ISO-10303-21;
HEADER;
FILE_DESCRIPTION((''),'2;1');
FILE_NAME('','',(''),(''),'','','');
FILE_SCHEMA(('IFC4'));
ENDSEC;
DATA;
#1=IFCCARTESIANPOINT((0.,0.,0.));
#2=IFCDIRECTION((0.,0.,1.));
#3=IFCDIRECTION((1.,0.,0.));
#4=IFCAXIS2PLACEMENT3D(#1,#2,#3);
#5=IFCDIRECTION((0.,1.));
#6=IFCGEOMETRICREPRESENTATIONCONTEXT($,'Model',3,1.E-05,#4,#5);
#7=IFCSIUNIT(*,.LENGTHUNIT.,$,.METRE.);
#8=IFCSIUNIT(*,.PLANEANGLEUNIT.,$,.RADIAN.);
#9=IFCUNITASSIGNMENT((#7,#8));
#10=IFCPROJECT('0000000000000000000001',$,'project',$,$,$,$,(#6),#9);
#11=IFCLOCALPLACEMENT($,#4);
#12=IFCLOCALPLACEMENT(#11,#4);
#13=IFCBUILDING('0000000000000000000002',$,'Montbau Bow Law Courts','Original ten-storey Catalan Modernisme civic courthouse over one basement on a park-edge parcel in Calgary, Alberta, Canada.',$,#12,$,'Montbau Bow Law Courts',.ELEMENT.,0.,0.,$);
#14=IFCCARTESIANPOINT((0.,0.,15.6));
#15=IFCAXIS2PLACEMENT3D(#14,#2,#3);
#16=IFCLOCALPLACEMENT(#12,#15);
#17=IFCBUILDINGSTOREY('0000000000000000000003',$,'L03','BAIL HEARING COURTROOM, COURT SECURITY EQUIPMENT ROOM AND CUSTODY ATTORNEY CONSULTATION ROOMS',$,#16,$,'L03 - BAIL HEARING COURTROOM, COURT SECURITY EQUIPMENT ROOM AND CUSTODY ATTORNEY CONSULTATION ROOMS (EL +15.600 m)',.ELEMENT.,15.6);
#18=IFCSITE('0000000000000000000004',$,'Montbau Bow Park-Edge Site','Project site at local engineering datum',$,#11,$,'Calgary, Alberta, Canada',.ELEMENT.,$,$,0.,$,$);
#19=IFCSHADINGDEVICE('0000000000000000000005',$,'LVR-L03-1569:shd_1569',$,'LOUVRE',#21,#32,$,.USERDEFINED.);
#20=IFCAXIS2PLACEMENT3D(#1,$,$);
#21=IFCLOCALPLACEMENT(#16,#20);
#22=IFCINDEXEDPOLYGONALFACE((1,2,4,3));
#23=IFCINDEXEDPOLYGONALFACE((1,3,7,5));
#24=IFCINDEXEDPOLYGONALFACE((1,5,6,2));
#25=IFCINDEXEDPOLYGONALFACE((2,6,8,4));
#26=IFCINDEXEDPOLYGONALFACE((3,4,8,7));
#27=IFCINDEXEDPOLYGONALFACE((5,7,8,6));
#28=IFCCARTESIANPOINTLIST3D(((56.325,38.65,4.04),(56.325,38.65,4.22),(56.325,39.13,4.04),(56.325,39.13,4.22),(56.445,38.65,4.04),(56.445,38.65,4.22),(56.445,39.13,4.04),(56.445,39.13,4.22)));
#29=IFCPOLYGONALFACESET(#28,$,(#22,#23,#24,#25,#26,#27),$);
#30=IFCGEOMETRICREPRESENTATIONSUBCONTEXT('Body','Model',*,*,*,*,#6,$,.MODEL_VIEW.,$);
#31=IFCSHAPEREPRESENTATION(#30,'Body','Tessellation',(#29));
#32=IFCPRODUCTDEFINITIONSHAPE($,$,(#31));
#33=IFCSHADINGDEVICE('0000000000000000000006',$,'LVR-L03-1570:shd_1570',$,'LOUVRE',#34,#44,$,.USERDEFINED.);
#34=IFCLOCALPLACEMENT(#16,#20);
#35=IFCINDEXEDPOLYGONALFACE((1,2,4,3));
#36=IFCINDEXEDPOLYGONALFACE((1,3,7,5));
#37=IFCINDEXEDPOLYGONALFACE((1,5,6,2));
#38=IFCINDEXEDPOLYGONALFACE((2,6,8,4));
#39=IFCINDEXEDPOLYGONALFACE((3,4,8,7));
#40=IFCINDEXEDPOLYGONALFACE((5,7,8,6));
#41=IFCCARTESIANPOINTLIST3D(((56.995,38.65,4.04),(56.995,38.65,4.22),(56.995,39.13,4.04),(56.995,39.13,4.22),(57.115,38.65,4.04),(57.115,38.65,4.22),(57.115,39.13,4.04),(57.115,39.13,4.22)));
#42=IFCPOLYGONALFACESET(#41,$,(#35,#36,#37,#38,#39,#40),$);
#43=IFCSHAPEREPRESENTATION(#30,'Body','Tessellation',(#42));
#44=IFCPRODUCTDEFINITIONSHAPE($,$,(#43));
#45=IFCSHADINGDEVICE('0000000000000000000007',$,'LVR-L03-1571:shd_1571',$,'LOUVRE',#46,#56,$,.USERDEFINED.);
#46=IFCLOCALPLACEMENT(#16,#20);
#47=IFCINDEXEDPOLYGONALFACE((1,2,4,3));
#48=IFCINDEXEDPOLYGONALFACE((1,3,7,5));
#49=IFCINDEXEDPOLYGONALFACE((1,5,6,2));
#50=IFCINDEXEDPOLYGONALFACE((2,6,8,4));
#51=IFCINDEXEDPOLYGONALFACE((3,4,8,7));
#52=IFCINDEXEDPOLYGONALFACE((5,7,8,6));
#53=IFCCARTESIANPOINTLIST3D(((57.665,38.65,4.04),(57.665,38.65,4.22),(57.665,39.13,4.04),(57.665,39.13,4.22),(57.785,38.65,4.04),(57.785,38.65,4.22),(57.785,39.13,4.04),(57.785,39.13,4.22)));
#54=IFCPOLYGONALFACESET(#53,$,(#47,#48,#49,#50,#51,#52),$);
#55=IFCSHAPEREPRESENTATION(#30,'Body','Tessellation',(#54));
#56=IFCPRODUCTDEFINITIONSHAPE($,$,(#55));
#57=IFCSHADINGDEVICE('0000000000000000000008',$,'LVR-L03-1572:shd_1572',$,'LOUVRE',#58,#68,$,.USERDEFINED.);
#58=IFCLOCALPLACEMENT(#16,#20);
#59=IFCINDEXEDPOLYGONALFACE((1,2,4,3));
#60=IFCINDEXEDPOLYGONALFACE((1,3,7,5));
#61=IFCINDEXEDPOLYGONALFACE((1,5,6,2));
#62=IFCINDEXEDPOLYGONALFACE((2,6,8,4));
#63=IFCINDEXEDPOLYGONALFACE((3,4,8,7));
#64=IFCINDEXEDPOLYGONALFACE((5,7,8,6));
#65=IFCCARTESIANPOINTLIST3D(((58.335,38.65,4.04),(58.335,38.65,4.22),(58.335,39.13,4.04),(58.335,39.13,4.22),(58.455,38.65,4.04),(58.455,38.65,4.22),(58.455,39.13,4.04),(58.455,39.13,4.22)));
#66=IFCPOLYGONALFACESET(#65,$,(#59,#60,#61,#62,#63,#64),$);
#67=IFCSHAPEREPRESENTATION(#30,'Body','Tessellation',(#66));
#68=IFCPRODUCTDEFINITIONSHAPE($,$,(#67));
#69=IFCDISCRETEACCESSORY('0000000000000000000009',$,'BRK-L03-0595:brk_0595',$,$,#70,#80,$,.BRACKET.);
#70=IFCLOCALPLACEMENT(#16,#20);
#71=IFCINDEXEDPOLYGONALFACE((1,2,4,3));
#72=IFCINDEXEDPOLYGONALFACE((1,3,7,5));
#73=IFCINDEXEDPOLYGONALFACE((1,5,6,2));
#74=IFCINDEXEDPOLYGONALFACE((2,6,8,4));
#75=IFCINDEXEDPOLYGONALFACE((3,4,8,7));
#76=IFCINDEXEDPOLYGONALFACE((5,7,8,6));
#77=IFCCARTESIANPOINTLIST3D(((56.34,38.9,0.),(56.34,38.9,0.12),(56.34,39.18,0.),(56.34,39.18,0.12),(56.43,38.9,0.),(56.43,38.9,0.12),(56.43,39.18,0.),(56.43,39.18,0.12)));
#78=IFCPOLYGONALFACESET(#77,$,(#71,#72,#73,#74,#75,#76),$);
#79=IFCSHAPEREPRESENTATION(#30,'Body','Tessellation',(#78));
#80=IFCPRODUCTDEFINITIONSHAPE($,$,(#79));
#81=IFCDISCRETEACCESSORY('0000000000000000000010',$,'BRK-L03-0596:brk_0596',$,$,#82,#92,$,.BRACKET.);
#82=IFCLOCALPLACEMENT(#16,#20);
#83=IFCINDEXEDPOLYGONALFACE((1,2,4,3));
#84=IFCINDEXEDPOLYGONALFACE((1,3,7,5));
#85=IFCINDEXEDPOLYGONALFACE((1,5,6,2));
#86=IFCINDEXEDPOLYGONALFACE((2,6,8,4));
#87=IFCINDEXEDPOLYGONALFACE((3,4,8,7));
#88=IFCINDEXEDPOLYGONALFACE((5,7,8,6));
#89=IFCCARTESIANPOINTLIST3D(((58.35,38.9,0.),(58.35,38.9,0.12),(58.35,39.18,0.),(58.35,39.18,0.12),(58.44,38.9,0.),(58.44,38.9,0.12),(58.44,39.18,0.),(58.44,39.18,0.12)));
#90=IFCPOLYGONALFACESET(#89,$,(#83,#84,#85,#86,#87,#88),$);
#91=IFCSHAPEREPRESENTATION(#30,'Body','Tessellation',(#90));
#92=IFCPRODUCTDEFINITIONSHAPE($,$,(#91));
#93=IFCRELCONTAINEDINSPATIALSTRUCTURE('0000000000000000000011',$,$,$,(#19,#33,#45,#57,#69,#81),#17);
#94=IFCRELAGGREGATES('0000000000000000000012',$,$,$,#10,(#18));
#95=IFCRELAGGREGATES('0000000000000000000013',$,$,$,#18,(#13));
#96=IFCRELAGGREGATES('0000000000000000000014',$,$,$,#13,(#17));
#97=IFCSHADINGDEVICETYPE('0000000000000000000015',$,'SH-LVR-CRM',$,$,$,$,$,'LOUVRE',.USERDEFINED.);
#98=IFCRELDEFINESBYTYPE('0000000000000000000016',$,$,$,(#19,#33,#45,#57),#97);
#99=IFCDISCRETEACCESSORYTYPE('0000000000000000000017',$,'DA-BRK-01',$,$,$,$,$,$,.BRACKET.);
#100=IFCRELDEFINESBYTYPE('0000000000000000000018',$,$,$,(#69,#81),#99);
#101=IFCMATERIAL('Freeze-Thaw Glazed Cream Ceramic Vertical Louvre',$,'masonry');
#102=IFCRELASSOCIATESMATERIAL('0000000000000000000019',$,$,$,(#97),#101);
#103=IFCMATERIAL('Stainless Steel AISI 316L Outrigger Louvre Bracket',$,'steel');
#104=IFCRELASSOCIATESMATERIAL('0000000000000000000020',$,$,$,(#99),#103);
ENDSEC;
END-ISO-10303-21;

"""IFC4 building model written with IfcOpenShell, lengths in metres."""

from ifc_helpers import new_model, si_unit, direction, frame, origin_with_axes, origin_2d_with_axis, place, context, subcontext, project, spatial, rectangle, extrude, material, type_object, element, save


model = new_model("IFC4")

# Units and contexts
model_context = context("Model", 3, precision=1e-05, world=origin_with_axes(), true_north=direction((0.0, 1.0)))
body_context = subcontext(model_context, "Body", "Model", "MODEL_VIEW")
ifc_project = project(units=[si_unit("LENGTHUNIT", "METRE"), si_unit("PLANEANGLEUNIT", "RADIAN")], contexts=[model_context])

# Site, building, storey
site_placement = place(None, origin_with_axes())
site = spatial("IfcSite", under=ifc_project, at=site_placement, Name="Montbau Bow Park-Edge Site", Description="Project site at local engineering datum", LongName="Calgary, Alberta, Canada", CompositionType="ELEMENT", RefElevation=0.0)
building_placement = place(site_placement, origin_with_axes())
building = spatial("IfcBuilding", under=site, at=building_placement, Name="Montbau Bow Law Courts", Description="Original ten-storey Catalan Modernisme civic courthouse over one basement on a park-edge parcel in Calgary, Alberta, Canada.", LongName="Montbau Bow Law Courts", CompositionType="ELEMENT", ElevationOfRefHeight=0.0, ElevationOfTerrain=0.0)
storey_placement = place(building_placement, frame((0.0, 0.0, 15.6), z_axis=(0.0, 0.0, 1.0), x_axis=(1.0, 0.0, 0.0)))
storey = spatial("IfcBuildingStorey", under=building, at=storey_placement, Name="L03", Description="BAIL HEARING COURTROOM, COURT SECURITY EQUIPMENT ROOM AND CUSTODY ATTORNEY CONSULTATION ROOMS", LongName="L03 - BAIL HEARING COURTROOM, COURT SECURITY EQUIPMENT ROOM AND CUSTODY ATTORNEY CONSULTATION ROOMS (EL +15.600 m)", CompositionType="ELEMENT", Elevation=15.6)

# Shading devices
ifc_material_1 = material(Name="Freeze-Thaw Glazed Cream Ceramic Vertical Louvre", Category="masonry")
shading_device_type = type_object("IfcShadingDeviceType", Name="SH-LVR-CRM", ElementType="LOUVRE", PredefinedType="USERDEFINED", material=ifc_material_1)
for number, where, z_axis, x_axis, name in (
    (1, (56.385, 38.89, 19.64), (0.0, 0.0, 1.0), (0.0, -1.0, 0.0), "LVR-L03-1569:shd_1569"),
    (2, (57.055, 38.89, 19.64), (0.0, 0.0, 1.0), (0.0, -1.0, 0.0), "LVR-L03-1570:shd_1570"),
    (3, (57.725, 38.89, 19.64), (0.0, 0.0, 1.0), (0.0, -1.0, 0.0), "LVR-L03-1571:shd_1571"),
    (4, (58.395, 38.89, 19.64), (0.0, 0.0, 1.0), (0.0, -1.0, 0.0), "LVR-L03-1572:shd_1572"),
):
    element("IfcShadingDevice", number, at=place(None, frame(where, z_axis=z_axis, x_axis=x_axis)), inside=storey, type_object=shading_device_type, Name=name, ObjectType="LOUVRE", PredefinedType="USERDEFINED", context=body_context, shape_type="SweptSolid", body=[
        extrude(rectangle(XDim=0.48, YDim=0.12, at=origin_2d_with_axis()), origin_with_axes(), (0.0, 0.0, 1.0), 0.18),
    ])

# Discrete accessories
ifc_material_2 = material(Name="Stainless Steel AISI 316L Outrigger Louvre Bracket", Category="steel")
discrete_accessory_type = type_object("IfcDiscreteAccessoryType", Name="DA-BRK-01", PredefinedType="BRACKET", material=ifc_material_2)
for number, where, z_axis, x_axis, name in (
    (5, (56.385, 39.04, 15.6), (0.0, 0.0, 1.0), (0.0, -1.0, 0.0), "BRK-L03-0595:brk_0595"),
    (6, (58.395, 39.04, 15.6), (0.0, 0.0, 1.0), (0.0, -1.0, 0.0), "BRK-L03-0596:brk_0596"),
):
    element("IfcDiscreteAccessory", number, at=place(None, frame(where, z_axis=z_axis, x_axis=x_axis)), inside=storey, type_object=discrete_accessory_type, Name=name, PredefinedType="BRACKET", context=body_context, shape_type="SweptSolid", body=[
        extrude(rectangle(XDim=0.28, YDim=0.09, at=origin_2d_with_axis()), origin_with_axes(), (0.0, 0.0, 1.0), 0.12),
    ])

save(model, "model.ifc")
